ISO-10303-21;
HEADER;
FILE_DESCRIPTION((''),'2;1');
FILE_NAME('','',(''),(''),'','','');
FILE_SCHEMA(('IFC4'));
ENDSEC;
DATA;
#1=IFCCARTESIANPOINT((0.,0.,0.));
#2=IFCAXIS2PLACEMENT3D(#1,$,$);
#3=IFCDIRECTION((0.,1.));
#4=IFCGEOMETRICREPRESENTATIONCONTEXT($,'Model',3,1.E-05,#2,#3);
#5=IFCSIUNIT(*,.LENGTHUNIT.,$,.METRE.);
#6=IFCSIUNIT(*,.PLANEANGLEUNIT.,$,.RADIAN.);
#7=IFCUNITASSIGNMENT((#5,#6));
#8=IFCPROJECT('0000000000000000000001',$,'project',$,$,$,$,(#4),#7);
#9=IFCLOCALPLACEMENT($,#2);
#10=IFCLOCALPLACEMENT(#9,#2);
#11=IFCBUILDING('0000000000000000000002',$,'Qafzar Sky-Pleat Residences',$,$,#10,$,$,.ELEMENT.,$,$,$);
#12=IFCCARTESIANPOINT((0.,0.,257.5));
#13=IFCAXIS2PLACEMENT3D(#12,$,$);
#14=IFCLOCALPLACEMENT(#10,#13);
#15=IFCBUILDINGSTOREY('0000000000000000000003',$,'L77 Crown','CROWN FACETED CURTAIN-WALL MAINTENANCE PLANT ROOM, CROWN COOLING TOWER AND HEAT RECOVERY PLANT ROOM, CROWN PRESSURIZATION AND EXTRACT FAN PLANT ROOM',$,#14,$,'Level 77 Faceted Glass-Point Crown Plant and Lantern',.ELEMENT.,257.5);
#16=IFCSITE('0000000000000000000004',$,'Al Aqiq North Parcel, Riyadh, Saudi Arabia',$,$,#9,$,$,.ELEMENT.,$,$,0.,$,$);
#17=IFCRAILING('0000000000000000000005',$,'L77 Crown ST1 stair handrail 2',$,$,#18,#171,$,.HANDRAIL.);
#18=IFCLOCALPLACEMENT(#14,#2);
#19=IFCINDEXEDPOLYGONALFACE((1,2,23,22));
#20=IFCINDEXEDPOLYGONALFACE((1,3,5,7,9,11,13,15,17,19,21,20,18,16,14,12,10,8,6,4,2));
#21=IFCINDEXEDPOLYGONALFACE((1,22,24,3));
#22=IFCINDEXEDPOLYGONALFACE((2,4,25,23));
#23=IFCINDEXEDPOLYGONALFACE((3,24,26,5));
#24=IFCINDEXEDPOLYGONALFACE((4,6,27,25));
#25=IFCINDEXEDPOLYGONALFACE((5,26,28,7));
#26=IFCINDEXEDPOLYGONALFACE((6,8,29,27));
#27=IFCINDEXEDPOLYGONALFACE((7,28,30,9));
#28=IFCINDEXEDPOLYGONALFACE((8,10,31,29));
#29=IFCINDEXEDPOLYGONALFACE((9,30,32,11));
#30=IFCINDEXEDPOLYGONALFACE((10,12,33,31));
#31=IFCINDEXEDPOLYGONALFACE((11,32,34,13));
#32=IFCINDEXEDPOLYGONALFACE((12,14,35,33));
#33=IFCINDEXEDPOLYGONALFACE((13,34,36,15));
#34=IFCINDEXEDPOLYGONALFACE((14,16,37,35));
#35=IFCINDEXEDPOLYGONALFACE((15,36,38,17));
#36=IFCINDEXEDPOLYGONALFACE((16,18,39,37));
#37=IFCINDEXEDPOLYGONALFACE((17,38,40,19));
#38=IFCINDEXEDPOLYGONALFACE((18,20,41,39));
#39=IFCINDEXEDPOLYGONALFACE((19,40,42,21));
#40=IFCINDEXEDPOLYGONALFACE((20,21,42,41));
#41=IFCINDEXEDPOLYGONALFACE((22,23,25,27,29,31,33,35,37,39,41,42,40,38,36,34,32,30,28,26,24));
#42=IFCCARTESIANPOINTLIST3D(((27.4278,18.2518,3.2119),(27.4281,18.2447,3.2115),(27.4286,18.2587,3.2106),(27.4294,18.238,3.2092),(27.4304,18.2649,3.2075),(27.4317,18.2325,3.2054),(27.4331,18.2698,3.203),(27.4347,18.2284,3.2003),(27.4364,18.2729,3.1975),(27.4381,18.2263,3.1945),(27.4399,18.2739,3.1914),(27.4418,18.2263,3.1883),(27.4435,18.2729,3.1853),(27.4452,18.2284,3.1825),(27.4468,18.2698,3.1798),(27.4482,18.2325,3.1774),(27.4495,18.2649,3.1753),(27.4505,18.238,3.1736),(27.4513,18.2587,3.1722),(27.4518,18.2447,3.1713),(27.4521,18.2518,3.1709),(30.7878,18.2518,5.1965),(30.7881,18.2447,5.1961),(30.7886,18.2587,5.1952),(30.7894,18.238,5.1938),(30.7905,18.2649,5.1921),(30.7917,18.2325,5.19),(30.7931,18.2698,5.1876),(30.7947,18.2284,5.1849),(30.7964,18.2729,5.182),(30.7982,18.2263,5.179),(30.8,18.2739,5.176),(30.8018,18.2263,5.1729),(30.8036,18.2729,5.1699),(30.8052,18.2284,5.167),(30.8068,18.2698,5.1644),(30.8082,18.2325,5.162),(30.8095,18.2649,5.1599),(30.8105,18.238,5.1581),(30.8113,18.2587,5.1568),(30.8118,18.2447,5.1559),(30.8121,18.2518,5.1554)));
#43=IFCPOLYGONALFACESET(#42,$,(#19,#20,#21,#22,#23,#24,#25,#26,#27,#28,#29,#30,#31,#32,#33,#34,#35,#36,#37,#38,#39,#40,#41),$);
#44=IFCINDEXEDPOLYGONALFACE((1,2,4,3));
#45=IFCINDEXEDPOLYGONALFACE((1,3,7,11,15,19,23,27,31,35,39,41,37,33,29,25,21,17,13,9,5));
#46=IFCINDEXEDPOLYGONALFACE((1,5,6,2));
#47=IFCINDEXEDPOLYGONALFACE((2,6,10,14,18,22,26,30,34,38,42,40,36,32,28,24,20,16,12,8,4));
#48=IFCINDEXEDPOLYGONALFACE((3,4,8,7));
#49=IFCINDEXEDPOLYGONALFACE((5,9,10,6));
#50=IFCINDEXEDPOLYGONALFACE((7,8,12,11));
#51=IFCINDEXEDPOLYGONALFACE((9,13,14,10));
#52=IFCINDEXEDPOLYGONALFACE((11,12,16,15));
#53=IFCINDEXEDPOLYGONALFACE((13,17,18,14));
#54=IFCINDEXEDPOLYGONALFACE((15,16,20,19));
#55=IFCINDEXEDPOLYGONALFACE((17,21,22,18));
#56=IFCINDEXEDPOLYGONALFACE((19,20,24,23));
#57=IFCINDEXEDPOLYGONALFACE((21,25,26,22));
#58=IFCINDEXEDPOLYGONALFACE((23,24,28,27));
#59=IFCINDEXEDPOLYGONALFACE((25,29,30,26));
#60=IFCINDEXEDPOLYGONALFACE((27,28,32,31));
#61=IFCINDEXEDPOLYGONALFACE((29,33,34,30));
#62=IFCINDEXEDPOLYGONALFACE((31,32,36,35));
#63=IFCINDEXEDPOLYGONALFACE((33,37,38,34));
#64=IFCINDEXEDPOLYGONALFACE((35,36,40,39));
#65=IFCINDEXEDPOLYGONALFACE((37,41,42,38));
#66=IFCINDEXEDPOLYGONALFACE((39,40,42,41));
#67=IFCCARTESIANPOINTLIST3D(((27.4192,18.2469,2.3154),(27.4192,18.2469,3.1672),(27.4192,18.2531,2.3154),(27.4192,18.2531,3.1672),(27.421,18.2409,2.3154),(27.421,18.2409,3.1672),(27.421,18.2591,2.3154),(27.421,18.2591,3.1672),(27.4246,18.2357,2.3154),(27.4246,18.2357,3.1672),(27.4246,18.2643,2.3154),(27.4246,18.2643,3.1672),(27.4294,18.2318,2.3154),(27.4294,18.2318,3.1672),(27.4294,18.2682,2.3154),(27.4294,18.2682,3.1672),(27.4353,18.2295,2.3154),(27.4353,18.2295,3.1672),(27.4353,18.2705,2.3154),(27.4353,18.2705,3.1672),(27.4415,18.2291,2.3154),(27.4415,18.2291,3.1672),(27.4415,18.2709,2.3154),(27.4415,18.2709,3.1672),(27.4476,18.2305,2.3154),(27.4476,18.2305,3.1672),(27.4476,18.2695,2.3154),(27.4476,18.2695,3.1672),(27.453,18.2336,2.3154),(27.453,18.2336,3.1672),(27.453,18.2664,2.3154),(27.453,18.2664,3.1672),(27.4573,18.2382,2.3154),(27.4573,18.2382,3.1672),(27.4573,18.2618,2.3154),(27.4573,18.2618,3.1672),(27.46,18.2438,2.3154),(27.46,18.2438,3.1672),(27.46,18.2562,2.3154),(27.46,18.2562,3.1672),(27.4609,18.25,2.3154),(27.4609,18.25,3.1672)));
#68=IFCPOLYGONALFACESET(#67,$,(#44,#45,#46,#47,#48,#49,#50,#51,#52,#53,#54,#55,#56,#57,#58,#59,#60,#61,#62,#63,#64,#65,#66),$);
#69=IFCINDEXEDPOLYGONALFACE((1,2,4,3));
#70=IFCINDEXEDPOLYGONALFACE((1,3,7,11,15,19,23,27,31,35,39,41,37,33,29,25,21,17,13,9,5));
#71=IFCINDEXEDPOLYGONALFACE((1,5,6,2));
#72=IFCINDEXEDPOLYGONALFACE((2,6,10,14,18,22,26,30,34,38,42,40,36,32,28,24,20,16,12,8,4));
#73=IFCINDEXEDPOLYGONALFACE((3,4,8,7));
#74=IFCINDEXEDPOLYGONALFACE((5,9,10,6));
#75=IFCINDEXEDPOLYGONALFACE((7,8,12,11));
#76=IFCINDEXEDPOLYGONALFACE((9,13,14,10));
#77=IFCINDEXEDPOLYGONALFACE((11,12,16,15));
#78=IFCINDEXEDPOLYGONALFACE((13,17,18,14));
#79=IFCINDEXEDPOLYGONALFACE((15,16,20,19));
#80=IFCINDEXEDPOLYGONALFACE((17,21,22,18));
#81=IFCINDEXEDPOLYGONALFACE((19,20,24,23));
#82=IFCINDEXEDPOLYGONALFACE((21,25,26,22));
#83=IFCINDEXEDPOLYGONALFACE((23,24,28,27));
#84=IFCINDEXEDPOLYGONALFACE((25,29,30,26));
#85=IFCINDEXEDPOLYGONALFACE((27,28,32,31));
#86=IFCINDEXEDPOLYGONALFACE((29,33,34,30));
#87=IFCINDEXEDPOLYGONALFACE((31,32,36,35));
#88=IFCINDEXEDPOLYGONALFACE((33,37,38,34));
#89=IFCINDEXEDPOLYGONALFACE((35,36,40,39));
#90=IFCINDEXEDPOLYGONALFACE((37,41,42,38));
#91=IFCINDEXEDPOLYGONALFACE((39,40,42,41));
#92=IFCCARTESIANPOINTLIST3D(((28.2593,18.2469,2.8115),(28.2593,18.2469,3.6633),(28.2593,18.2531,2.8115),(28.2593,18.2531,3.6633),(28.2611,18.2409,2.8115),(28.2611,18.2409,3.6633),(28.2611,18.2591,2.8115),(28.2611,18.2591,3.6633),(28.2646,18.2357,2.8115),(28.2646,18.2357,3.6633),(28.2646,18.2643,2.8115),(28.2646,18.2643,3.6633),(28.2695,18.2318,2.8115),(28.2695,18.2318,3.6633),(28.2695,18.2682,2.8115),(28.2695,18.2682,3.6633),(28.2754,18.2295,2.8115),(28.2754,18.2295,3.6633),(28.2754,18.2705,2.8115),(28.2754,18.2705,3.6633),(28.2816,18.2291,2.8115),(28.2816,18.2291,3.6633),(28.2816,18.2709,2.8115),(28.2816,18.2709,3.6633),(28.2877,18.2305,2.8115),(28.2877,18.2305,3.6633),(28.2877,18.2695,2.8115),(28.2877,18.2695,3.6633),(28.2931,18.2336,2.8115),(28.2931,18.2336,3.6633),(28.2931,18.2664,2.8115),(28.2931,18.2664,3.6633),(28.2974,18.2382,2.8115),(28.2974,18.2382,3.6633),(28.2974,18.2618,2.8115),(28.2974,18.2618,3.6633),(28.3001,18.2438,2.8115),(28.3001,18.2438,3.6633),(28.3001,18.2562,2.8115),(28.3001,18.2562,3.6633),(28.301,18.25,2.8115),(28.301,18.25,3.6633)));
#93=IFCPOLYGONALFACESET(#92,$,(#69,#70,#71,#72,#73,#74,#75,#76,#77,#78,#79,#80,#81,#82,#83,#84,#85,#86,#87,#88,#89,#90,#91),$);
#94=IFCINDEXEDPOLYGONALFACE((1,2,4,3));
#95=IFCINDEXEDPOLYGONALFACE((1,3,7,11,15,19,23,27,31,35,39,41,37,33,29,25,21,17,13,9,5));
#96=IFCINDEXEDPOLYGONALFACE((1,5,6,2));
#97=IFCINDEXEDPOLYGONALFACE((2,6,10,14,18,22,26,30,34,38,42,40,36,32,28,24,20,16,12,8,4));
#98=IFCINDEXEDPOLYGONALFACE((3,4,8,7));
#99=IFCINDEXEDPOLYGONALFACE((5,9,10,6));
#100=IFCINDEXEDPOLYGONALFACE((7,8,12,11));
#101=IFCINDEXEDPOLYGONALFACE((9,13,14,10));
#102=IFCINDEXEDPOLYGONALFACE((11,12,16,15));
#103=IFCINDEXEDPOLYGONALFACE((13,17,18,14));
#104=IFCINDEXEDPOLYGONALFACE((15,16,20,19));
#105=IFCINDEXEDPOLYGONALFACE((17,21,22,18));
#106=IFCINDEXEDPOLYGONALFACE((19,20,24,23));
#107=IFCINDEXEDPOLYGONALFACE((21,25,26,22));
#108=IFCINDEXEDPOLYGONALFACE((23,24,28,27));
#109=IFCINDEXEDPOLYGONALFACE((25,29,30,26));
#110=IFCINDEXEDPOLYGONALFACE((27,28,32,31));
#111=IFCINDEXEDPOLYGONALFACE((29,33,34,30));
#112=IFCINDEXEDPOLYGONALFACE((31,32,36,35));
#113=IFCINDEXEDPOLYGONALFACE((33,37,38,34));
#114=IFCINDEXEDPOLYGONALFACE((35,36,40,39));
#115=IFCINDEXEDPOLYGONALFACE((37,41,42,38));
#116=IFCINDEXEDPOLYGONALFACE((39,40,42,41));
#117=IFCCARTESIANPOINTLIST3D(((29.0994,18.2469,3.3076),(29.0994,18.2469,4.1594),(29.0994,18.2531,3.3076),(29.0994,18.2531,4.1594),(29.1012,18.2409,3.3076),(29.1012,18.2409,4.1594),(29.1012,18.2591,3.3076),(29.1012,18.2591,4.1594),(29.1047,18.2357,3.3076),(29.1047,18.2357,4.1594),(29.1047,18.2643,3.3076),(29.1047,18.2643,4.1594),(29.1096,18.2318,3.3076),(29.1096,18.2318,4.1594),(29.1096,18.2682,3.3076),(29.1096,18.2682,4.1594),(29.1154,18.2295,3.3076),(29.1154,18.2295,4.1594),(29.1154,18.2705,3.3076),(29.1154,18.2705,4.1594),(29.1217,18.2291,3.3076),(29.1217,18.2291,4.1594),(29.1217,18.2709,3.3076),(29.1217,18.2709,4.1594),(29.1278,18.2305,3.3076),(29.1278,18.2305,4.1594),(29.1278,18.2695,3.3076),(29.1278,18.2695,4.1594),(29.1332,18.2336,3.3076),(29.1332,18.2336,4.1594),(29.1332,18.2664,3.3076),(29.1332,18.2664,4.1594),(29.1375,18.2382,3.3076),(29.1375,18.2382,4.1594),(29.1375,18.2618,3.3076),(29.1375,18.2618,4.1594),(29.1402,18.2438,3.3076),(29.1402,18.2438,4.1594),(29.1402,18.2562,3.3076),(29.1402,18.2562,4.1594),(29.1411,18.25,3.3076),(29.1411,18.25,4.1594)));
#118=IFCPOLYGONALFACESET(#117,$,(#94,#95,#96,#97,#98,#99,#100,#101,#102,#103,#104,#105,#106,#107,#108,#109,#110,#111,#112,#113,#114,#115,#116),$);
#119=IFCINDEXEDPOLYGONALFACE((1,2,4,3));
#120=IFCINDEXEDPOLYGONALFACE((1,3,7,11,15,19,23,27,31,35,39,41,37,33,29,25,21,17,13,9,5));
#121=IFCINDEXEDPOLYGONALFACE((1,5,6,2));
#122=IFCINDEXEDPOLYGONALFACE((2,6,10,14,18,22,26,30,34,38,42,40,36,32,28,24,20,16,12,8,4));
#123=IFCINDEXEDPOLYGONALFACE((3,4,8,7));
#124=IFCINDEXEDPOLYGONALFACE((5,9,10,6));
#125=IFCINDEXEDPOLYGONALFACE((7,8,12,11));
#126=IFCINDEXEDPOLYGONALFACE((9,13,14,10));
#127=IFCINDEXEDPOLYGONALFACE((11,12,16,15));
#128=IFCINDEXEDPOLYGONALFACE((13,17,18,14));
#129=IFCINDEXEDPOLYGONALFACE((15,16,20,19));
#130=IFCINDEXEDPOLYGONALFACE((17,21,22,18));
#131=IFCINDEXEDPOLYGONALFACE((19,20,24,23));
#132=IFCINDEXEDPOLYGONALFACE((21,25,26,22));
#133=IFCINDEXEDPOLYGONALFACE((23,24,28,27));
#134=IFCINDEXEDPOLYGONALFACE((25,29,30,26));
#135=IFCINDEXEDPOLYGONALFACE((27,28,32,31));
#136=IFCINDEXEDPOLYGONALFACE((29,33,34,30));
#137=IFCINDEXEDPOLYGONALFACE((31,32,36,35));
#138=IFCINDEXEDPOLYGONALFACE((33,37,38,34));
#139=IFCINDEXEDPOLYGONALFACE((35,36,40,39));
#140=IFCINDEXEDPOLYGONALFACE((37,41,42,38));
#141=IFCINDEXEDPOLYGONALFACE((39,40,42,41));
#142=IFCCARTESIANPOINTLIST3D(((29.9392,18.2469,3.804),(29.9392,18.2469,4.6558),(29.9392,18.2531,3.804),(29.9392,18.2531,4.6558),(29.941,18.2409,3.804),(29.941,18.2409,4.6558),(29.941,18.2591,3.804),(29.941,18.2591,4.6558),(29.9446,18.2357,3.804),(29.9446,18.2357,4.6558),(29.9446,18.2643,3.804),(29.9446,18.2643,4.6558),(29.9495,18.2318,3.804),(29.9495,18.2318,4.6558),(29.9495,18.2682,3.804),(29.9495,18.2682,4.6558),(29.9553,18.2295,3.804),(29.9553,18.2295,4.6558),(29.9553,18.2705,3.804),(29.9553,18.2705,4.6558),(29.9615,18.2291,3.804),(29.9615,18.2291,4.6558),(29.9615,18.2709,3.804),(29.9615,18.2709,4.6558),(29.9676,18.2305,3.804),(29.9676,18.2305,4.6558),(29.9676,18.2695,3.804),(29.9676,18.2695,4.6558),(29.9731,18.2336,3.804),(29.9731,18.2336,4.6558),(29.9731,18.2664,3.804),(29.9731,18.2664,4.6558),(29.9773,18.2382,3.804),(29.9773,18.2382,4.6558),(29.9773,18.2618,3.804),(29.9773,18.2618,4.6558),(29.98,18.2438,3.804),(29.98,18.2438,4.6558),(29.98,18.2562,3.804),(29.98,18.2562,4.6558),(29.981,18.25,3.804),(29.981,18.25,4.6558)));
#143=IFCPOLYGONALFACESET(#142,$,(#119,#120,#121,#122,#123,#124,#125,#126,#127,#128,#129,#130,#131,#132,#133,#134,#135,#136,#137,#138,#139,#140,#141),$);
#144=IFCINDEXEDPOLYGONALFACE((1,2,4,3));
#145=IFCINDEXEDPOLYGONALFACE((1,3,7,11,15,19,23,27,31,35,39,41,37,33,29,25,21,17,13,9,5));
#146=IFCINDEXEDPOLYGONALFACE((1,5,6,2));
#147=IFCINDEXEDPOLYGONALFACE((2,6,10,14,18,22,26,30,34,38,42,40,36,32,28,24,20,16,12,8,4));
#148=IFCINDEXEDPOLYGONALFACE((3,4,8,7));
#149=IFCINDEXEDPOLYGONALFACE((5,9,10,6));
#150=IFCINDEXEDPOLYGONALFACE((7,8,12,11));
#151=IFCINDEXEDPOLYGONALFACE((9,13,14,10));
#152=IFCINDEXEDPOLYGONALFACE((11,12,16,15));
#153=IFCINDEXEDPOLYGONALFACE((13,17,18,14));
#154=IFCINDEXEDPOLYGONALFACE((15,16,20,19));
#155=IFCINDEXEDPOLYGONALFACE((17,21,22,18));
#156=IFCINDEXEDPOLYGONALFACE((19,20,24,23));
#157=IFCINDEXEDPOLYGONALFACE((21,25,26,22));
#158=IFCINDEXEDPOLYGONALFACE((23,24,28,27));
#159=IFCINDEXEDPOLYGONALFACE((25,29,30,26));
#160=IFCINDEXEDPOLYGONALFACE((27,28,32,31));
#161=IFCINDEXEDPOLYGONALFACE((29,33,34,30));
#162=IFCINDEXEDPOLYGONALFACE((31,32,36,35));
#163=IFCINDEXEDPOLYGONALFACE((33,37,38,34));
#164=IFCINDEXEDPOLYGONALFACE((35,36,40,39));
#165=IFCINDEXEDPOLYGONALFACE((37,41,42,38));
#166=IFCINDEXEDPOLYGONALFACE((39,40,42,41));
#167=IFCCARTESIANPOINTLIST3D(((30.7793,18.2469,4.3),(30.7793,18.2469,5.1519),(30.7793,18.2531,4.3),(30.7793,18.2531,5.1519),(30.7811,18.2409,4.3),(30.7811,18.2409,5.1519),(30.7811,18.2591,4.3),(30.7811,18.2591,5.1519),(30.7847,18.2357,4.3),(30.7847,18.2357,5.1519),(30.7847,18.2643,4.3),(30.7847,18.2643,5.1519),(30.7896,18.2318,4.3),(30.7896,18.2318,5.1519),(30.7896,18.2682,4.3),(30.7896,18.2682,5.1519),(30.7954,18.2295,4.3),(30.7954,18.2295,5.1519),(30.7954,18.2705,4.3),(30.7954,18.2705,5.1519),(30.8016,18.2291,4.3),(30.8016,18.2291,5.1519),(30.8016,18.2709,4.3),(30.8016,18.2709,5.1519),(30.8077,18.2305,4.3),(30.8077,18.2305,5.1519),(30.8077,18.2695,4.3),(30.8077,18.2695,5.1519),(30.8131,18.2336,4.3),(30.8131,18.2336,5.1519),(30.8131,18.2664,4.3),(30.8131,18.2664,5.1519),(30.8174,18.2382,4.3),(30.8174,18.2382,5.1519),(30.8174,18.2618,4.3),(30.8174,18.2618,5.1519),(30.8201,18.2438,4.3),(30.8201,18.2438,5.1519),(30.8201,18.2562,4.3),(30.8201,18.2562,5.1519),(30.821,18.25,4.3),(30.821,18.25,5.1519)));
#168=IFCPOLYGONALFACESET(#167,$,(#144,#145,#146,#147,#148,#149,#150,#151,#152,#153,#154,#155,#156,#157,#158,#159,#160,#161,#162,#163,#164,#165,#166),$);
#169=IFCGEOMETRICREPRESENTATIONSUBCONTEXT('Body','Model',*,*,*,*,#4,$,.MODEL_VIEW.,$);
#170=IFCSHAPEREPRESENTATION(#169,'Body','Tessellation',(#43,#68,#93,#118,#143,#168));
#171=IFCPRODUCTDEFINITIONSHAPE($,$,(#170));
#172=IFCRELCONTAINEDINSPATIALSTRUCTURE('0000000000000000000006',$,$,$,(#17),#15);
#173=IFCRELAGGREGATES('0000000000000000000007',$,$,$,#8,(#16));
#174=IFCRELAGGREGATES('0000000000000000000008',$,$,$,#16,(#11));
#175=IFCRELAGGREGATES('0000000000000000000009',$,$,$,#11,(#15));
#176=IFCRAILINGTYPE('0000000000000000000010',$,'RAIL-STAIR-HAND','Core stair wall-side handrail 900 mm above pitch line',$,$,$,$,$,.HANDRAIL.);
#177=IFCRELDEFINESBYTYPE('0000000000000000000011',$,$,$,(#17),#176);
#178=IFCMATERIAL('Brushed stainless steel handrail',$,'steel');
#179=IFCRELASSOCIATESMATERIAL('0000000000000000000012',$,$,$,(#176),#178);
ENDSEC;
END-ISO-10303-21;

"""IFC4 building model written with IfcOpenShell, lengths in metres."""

from ifc_helpers import new_model, si_unit, direction, frame, origin, origin_2d, place, context, subcontext, project, spatial, circle, extrude, source, transform, mapped, material, type_object, element, save


model = new_model("IFC4")

# Units and contexts
model_context = context("Model", 3, precision=1e-05, world=origin(), true_north=direction((0.0, 1.0)))
body_context = subcontext(model_context, "Body", "Model", "MODEL_VIEW")
ifc_project = project(units=[si_unit("LENGTHUNIT", "METRE"), si_unit("PLANEANGLEUNIT", "RADIAN")], contexts=[model_context])

# Site, building, storey
site_placement = place(None, origin())
site = spatial("IfcSite", under=ifc_project, at=site_placement, Name="Al Aqiq North Parcel, Riyadh, Saudi Arabia", CompositionType="ELEMENT", RefElevation=0.0)
building_placement = place(site_placement, origin())
building = spatial("IfcBuilding", under=site, at=building_placement, Name="Qafzar Sky-Pleat Residences", CompositionType="ELEMENT")
storey_placement = place(building_placement, frame((0.0, 0.0, 257.5)))
storey = spatial("IfcBuildingStorey", under=building, at=storey_placement, Name="L77 Crown", Description="CROWN FACETED CURTAIN-WALL MAINTENANCE PLANT ROOM, CROWN COOLING TOWER AND HEAT RECOVERY PLANT ROOM, CROWN PRESSURIZATION AND EXTRACT FAN PLANT ROOM", LongName="Level 77 Faceted Glass-Point Crown Plant and Lantern", CompositionType="ELEMENT", Elevation=257.5)

# Railing
ifc_material_1 = material(Name="Brushed stainless steel handrail", Category="steel")
railing_type_1 = type_object("IfcRailingType", Name="RAIL-STAIR-HAND", Description="Core stair wall-side handrail 900 mm above pitch line", PredefinedType="HANDRAIL", material=ifc_material_1)
shared_shape_1 = source(origin(), body_context, "Body", "SweptSolid", [
    extrude(circle(Radius=0.0239, at=origin_2d()), frame((0.0, 0.0, 0.876), z_axis=(0.861027, 0.0, 0.508559), x_axis=(0.0, 1.0, 0.0)), (0.0, 0.0, 1.0), 3.9023),
    extrude(circle(Radius=0.021, at=origin_2d()), origin(), (0.0, 0.0, 1.0), 0.8518),
    extrude(circle(Radius=0.021, at=origin_2d()), frame((0.8401, 0.0, 0.4961)), (0.0, 0.0, 1.0), 0.8518),
    extrude(circle(Radius=0.021, at=origin_2d()), frame((1.6802, 0.0, 0.9922)), (0.0, 0.0, 1.0), 0.8518),
    extrude(circle(Radius=0.021, at=origin_2d()), frame((2.52, 0.0, 1.4885)), (0.0, 0.0, 1.0), 0.8518),
    extrude(circle(Radius=0.021, at=origin_2d()), frame((3.3601, 0.0, 1.9846)), (0.0, 0.0, 1.0), 0.8518),
])
railing_1_placement = place(storey_placement, frame((27.4399, 18.25, 2.3154)))
element("IfcRailing", 1, at=railing_1_placement, inside=storey, type_object=railing_type_1, Name="L77 Crown ST1 stair handrail 2", PredefinedType="HANDRAIL", context=body_context, shape_type="MappedRepresentation", body=[
    mapped(shared_shape_1, transform((0.0, 0.0, 0.0), x_axis=(1.0, 0.0, 0.0), y_axis=(0.0, 1.0, 0.0), z_axis=(0.0, 0.0, 1.0), scale=1.0)),
])

save(model, "model.ifc")
